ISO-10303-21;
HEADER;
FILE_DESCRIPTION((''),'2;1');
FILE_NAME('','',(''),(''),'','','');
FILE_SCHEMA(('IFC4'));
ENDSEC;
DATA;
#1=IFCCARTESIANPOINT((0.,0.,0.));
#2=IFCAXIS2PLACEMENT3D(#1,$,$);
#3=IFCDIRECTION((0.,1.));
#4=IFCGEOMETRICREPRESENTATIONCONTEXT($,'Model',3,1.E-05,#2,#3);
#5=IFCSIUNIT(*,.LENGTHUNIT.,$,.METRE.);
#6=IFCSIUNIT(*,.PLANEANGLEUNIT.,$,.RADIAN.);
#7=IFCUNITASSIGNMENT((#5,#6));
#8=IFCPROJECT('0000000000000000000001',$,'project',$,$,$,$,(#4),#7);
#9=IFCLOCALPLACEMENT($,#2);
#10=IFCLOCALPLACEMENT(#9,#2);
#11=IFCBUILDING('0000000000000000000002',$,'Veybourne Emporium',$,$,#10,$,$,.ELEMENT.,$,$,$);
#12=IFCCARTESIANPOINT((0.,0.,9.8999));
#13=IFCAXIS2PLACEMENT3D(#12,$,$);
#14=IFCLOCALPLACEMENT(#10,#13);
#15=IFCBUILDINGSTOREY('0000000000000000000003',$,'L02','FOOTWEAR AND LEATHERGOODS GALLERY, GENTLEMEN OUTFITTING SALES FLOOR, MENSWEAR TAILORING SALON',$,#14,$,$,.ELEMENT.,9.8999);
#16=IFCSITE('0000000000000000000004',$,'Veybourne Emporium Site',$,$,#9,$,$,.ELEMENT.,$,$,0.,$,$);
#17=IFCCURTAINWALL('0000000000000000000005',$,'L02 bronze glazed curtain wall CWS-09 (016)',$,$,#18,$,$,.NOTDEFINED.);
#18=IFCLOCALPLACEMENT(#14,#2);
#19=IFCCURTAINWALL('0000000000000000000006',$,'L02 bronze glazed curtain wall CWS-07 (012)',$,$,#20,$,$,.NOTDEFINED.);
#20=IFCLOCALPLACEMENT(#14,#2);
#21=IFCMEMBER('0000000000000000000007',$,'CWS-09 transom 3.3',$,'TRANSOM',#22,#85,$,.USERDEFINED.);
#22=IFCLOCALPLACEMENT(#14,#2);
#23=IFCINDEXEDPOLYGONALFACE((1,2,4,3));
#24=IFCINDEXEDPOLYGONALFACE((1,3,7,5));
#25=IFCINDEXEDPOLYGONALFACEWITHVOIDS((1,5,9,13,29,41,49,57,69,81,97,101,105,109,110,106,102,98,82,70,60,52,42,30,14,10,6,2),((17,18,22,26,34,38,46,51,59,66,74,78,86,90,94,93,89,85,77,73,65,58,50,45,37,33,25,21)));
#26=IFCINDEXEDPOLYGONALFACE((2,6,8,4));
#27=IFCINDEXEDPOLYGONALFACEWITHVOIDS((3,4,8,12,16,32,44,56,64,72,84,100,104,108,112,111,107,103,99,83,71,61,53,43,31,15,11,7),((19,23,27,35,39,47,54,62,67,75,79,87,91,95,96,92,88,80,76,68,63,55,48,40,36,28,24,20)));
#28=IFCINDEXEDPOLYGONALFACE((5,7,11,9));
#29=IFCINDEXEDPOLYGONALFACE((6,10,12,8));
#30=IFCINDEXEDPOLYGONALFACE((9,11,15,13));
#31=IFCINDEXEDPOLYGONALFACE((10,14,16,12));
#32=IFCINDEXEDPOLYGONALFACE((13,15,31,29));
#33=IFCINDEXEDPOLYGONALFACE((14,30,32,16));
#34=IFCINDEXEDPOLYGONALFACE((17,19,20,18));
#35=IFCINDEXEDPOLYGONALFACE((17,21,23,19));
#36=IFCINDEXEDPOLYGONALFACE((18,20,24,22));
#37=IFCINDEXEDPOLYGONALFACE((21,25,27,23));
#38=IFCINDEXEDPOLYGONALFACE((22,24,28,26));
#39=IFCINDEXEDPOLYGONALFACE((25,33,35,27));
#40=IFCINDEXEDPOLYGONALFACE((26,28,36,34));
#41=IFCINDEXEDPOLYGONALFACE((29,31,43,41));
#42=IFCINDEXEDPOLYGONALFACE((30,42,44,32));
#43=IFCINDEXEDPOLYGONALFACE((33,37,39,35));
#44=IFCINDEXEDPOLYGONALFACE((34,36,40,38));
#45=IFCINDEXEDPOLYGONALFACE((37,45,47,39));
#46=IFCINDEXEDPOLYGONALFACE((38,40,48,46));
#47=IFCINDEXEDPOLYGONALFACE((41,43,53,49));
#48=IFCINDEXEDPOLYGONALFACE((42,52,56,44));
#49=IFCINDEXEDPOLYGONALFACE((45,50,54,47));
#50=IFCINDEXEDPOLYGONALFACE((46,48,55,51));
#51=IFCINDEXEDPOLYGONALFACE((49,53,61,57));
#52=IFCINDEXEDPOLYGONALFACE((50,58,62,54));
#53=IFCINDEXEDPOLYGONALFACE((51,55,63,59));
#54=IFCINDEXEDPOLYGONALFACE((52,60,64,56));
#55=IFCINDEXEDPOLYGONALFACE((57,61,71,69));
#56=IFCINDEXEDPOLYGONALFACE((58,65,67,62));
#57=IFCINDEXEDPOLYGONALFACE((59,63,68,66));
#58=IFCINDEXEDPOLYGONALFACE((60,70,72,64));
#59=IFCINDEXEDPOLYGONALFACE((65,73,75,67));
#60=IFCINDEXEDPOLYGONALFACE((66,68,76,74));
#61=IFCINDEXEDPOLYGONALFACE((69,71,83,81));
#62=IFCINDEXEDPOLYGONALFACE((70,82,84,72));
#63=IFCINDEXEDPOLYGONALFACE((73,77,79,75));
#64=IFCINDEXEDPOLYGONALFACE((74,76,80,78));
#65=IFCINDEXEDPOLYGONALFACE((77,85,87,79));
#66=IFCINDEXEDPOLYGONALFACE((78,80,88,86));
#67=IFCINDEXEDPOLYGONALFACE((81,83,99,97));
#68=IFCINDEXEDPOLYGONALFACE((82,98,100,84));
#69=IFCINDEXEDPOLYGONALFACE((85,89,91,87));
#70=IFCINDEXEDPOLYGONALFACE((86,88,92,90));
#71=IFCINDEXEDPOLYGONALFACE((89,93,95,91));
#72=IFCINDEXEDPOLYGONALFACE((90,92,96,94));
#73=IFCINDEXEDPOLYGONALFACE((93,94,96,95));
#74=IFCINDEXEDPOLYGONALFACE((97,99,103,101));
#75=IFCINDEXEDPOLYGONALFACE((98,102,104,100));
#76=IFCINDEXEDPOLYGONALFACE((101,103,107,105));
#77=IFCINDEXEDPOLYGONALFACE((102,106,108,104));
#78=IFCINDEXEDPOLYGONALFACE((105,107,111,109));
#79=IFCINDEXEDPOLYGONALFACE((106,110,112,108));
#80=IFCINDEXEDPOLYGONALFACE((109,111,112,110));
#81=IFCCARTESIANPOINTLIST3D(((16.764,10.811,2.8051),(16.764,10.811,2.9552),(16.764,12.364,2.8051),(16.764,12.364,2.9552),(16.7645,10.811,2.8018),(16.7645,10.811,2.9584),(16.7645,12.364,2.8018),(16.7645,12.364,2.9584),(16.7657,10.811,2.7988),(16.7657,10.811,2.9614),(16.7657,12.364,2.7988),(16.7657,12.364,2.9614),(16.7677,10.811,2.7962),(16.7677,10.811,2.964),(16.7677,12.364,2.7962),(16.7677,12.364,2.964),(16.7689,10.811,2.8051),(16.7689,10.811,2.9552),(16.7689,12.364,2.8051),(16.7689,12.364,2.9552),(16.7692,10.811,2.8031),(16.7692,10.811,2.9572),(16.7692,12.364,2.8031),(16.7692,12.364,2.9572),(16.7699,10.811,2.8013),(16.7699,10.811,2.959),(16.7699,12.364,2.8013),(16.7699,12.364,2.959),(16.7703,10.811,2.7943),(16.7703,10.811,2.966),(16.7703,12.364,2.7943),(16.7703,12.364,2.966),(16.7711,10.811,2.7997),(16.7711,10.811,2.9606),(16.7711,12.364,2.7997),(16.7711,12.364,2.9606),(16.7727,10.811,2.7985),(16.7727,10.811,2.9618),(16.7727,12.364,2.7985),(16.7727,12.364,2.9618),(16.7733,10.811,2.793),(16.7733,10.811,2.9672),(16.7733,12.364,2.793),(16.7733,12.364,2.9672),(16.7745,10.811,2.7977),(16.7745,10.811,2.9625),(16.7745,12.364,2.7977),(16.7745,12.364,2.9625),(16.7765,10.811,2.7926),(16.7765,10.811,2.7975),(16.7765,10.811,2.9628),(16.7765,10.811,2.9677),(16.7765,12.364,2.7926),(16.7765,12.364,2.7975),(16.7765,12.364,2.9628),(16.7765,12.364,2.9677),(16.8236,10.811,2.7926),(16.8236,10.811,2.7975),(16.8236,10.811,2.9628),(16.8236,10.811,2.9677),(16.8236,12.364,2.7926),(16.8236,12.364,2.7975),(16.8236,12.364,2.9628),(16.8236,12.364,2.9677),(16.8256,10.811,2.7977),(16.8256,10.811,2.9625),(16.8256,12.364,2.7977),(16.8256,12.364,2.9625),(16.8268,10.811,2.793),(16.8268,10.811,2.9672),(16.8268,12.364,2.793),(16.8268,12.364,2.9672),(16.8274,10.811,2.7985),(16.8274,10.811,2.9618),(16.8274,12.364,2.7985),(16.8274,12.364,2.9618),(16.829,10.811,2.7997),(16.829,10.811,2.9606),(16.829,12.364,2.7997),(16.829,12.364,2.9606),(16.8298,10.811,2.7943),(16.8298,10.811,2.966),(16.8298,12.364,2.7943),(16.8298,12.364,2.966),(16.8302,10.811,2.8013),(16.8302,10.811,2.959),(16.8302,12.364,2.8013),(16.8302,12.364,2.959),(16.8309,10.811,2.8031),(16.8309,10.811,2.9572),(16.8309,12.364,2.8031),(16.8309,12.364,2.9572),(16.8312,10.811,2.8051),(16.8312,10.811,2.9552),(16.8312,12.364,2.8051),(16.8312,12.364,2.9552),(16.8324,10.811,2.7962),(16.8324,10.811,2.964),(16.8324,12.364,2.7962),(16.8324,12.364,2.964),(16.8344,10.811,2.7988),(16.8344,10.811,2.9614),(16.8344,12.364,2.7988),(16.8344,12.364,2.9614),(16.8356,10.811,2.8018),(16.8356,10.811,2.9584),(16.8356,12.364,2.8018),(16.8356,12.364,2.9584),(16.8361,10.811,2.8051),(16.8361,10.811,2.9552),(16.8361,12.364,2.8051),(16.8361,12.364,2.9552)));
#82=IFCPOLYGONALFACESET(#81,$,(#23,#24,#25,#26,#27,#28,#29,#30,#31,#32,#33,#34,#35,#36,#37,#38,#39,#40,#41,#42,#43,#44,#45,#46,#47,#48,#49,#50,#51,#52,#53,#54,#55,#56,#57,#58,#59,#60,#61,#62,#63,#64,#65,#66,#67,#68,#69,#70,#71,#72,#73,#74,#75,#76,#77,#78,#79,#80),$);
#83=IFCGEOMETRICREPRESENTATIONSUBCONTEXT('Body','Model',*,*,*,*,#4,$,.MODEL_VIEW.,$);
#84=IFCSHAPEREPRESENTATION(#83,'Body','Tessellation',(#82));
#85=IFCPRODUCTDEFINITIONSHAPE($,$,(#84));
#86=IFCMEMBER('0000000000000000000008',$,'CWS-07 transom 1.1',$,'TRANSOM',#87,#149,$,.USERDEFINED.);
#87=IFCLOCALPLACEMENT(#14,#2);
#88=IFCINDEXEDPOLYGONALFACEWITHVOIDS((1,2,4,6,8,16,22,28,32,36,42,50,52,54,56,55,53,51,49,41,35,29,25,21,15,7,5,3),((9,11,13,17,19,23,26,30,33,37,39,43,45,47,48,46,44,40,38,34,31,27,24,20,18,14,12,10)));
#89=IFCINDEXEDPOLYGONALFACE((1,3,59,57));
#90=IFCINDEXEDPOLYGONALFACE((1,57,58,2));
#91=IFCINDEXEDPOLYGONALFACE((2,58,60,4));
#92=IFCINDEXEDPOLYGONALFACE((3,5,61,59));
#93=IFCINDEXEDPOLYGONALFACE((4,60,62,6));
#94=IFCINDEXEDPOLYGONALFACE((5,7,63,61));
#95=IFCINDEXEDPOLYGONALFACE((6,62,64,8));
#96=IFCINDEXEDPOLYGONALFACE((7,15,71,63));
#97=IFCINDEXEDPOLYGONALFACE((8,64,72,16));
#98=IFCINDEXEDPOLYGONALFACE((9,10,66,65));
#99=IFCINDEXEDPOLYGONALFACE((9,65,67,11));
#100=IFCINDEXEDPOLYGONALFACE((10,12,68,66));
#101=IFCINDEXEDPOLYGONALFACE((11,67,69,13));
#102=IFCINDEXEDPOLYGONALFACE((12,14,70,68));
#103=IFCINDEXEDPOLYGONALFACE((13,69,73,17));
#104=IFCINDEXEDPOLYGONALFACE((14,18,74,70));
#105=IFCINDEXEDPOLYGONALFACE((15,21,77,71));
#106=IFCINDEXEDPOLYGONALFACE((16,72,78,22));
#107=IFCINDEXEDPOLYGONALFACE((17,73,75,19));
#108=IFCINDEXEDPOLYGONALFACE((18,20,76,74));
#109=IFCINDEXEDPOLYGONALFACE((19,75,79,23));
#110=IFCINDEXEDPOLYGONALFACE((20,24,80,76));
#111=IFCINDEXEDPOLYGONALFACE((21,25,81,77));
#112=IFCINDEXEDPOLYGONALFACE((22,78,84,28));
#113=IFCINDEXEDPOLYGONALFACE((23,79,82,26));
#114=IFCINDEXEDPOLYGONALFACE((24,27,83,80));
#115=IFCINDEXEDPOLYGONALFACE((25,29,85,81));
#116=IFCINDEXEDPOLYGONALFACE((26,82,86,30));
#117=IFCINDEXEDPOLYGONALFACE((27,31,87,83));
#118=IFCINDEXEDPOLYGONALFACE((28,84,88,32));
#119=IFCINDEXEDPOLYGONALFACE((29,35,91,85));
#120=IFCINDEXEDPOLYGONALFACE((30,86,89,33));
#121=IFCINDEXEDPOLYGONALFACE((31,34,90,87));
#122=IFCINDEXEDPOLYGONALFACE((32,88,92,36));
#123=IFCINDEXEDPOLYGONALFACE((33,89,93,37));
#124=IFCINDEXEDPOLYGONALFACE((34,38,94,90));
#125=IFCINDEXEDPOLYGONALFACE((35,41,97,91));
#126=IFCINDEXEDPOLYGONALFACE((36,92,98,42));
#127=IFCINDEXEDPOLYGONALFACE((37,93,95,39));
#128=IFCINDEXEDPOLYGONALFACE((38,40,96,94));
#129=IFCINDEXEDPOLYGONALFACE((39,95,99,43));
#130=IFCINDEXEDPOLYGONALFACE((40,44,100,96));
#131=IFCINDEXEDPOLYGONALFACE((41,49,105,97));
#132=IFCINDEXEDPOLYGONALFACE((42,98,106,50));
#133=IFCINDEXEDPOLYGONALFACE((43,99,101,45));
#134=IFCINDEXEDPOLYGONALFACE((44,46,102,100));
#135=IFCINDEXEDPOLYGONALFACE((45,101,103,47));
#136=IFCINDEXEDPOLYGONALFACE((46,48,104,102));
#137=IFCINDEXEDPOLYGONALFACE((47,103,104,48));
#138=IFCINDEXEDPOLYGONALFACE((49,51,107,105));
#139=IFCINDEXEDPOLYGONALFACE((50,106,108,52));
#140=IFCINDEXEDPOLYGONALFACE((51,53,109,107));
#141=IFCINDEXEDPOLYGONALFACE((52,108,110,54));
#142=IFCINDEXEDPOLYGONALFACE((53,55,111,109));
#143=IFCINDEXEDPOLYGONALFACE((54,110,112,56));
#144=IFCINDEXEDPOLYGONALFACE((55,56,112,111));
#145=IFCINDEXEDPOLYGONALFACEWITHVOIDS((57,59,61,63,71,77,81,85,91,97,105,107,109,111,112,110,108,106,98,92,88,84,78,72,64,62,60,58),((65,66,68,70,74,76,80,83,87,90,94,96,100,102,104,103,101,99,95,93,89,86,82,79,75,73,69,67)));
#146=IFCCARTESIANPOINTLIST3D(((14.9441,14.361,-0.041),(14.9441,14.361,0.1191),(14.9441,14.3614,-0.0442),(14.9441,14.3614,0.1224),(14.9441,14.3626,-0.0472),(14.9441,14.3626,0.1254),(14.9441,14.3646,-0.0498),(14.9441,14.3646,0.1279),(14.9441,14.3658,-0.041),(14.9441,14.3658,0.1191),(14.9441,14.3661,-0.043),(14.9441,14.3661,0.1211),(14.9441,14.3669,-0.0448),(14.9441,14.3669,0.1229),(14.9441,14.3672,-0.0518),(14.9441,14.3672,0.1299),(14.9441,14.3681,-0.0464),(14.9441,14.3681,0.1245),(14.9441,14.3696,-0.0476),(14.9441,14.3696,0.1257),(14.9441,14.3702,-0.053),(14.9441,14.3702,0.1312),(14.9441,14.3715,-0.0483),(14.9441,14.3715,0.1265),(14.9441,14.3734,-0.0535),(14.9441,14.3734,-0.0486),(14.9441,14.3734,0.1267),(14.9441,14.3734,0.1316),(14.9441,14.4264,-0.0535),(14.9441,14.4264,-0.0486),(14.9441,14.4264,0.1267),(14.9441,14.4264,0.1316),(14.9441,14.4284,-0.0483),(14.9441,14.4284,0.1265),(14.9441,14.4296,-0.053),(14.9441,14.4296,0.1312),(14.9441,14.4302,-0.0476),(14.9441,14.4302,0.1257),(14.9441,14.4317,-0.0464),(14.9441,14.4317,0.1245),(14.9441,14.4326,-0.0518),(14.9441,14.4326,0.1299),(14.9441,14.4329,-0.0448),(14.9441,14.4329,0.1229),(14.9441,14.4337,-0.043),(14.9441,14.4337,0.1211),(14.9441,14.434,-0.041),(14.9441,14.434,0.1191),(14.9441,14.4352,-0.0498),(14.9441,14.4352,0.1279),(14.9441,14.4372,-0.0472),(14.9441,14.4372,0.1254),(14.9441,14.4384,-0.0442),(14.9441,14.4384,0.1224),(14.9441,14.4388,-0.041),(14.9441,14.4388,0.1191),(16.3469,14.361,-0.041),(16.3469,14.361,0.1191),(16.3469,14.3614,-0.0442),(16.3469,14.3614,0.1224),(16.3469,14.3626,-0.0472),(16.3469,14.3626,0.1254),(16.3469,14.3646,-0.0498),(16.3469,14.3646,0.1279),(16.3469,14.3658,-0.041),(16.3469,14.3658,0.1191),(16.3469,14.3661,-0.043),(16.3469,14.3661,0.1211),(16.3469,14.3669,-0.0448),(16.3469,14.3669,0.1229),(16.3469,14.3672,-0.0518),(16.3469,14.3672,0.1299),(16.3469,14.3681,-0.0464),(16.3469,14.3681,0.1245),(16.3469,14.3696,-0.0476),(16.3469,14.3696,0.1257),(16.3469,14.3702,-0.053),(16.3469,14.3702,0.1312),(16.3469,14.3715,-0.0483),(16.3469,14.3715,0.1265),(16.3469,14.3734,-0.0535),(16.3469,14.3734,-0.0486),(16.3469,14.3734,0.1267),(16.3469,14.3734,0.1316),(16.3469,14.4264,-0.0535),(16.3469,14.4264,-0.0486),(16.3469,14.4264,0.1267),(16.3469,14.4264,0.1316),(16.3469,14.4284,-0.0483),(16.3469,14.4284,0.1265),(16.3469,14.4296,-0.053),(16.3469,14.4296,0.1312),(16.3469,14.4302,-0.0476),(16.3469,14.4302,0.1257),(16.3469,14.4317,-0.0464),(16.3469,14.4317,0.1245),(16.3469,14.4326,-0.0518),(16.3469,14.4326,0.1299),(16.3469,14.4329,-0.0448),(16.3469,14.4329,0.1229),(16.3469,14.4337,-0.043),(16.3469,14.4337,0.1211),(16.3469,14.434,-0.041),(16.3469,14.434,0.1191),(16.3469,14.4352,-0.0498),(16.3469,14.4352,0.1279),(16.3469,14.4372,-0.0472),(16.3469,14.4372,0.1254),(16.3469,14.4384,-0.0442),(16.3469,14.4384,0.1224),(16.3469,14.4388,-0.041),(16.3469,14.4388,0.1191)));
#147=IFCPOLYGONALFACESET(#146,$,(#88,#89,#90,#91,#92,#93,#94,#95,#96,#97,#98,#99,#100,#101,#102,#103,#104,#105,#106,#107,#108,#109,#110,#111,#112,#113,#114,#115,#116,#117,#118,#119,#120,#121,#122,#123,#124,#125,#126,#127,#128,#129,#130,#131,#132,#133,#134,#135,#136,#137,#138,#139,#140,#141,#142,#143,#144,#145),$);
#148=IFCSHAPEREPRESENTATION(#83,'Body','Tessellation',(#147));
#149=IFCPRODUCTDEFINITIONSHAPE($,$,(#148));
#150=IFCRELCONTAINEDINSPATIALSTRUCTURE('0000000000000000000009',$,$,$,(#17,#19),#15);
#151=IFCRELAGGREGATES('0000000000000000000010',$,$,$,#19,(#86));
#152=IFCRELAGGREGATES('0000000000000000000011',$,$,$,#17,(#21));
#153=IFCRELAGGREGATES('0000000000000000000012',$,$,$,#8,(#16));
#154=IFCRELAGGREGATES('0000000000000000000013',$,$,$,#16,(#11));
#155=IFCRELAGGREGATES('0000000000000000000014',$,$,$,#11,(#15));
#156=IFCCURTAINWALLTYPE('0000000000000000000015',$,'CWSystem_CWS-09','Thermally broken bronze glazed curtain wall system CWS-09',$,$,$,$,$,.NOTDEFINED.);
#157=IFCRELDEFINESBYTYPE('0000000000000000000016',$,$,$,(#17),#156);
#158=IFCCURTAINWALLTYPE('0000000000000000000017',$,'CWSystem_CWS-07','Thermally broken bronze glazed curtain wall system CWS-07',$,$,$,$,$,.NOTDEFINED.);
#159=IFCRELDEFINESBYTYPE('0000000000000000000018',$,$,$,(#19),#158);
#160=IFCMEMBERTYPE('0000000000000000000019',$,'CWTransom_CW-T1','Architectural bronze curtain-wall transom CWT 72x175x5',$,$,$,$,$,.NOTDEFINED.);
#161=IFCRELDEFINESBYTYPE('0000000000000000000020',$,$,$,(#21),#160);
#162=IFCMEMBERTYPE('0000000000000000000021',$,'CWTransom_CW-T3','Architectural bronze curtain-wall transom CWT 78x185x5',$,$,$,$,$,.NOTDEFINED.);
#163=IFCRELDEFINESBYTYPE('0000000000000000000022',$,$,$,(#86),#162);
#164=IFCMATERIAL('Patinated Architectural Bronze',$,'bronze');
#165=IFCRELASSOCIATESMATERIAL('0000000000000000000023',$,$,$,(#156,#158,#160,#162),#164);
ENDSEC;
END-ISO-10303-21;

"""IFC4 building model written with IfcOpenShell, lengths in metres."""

from ifc_helpers import new_model, si_unit, direction, frame, origin, origin_2d, place, context, subcontext, project, spatial, hollow_rectangle, extrude, material, material_profile, profile_set, type_object, element, aggregate, save


model = new_model("IFC4")

# Units and contexts
model_context = context("Model", 3, precision=1e-05, world=origin(), true_north=direction((0.0, 1.0)))
body_context = subcontext(model_context, "Body", "Model", "MODEL_VIEW")
ifc_project = project(units=[si_unit("LENGTHUNIT", "METRE"), si_unit("PLANEANGLEUNIT", "RADIAN")], contexts=[model_context])

# Site, building, storey
site_placement = place(None, origin())
site = spatial("IfcSite", under=ifc_project, at=site_placement, Name="Veybourne Emporium Site", CompositionType="ELEMENT", RefElevation=0.0)
building_placement = place(site_placement, origin())
building = spatial("IfcBuilding", under=site, at=building_placement, Name="Veybourne Emporium", CompositionType="ELEMENT")
storey_placement = place(building_placement, frame((0.0, 0.0, 9.8999)))
storey = spatial("IfcBuildingStorey", under=building, at=storey_placement, Name="L02", Description="FOOTWEAR AND LEATHERGOODS GALLERY, GENTLEMEN OUTFITTING SALES FLOOR, MENSWEAR TAILORING SALON", CompositionType="ELEMENT", Elevation=9.8999)

# Curtain walls
ifc_material_1 = material(Name="Patinated Architectural Bronze", Category="bronze")
curtain_wall_type_1 = type_object("IfcCurtainWallType", Name="CWSystem_CWS-09", Description="Thermally broken bronze glazed curtain wall system CWS-09", PredefinedType="NOTDEFINED", material=ifc_material_1)
curtain_wall_1_placement = place(storey_placement, origin())
curtain_wall_1 = element("IfcCurtainWall", 1, at=curtain_wall_1_placement, inside=storey, type_object=curtain_wall_type_1, Name="L02 bronze glazed curtain wall CWS-09 (016)", PredefinedType="NOTDEFINED")
curtain_wall_type_2 = type_object("IfcCurtainWallType", Name="CWSystem_CWS-07", Description="Thermally broken bronze glazed curtain wall system CWS-07", PredefinedType="NOTDEFINED", material=ifc_material_1)
curtain_wall_2_placement = place(storey_placement, origin())
curtain_wall_2 = element("IfcCurtainWall", 2, at=curtain_wall_2_placement, inside=storey, type_object=curtain_wall_type_2, Name="L02 bronze glazed curtain wall CWS-07 (012)", PredefinedType="NOTDEFINED")

# Members
ifc_material_profile_1 = material_profile(ifc_material_1, hollow_rectangle(XDim=0.072, YDim=0.175, WallThickness=0.0049, InnerFilletRadius=0.0076, OuterFilletRadius=0.0125, at=origin_2d()), Name="CWT 72x175x5")
ifc_profile_set_1 = profile_set([ifc_material_profile_1], Name="Patinated Architectural Bronze")
member_type_1 = type_object("IfcMemberType", Name="CWTransom_CW-T1", Description="Architectural bronze curtain-wall transom CWT 72x175x5", PredefinedType="NOTDEFINED", material=ifc_profile_set_1)
member_1_placement = place(storey_placement, frame((16.8, 10.811, 2.8801), z_axis=(0.0, 1.0, 0.0), x_axis=(-1.0, 0.0, 0.0)))
member_1 = element("IfcMember", 3, at=member_1_placement, type_object=member_type_1, Name="CWS-09 transom 3.3", ObjectType="TRANSOM", PredefinedType="USERDEFINED", context=body_context, shape_type="SweptSolid", body=[
    extrude(hollow_rectangle(XDim=0.072, YDim=0.175, WallThickness=0.0049, InnerFilletRadius=0.0076, OuterFilletRadius=0.0125, at=origin_2d()), origin(), (0.0, 0.0, 1.0), 1.553),
])
ifc_material_profile_2 = material_profile(ifc_material_1, hollow_rectangle(XDim=0.0779, YDim=0.1851, WallThickness=0.0049, InnerFilletRadius=0.0076, OuterFilletRadius=0.0125, at=origin_2d()), Name="CWT 78x185x5")
ifc_profile_set_2 = profile_set([ifc_material_profile_2], Name="Patinated Architectural Bronze")
member_type_2 = type_object("IfcMemberType", Name="CWTransom_CW-T3", Description="Architectural bronze curtain-wall transom CWT 78x185x5", PredefinedType="NOTDEFINED", material=ifc_profile_set_2)
member_2_placement = place(storey_placement, frame((16.3469, 14.3999, 0.0391), z_axis=(-1.0, 0.0, 0.0), x_axis=(0.0, -1.0, 0.0)))
member_2 = element("IfcMember", 4, at=member_2_placement, type_object=member_type_2, Name="CWS-07 transom 1.1", ObjectType="TRANSOM", PredefinedType="USERDEFINED", context=body_context, shape_type="SweptSolid", body=[
    extrude(hollow_rectangle(XDim=0.0779, YDim=0.1851, WallThickness=0.0049, InnerFilletRadius=0.0076, OuterFilletRadius=0.0125, at=origin_2d()), origin(), (0.0, 0.0, 1.0), 1.4028),
])

aggregate(curtain_wall_2, [member_2])
aggregate(curtain_wall_1, [member_1])

save(model, "model.ifc")
